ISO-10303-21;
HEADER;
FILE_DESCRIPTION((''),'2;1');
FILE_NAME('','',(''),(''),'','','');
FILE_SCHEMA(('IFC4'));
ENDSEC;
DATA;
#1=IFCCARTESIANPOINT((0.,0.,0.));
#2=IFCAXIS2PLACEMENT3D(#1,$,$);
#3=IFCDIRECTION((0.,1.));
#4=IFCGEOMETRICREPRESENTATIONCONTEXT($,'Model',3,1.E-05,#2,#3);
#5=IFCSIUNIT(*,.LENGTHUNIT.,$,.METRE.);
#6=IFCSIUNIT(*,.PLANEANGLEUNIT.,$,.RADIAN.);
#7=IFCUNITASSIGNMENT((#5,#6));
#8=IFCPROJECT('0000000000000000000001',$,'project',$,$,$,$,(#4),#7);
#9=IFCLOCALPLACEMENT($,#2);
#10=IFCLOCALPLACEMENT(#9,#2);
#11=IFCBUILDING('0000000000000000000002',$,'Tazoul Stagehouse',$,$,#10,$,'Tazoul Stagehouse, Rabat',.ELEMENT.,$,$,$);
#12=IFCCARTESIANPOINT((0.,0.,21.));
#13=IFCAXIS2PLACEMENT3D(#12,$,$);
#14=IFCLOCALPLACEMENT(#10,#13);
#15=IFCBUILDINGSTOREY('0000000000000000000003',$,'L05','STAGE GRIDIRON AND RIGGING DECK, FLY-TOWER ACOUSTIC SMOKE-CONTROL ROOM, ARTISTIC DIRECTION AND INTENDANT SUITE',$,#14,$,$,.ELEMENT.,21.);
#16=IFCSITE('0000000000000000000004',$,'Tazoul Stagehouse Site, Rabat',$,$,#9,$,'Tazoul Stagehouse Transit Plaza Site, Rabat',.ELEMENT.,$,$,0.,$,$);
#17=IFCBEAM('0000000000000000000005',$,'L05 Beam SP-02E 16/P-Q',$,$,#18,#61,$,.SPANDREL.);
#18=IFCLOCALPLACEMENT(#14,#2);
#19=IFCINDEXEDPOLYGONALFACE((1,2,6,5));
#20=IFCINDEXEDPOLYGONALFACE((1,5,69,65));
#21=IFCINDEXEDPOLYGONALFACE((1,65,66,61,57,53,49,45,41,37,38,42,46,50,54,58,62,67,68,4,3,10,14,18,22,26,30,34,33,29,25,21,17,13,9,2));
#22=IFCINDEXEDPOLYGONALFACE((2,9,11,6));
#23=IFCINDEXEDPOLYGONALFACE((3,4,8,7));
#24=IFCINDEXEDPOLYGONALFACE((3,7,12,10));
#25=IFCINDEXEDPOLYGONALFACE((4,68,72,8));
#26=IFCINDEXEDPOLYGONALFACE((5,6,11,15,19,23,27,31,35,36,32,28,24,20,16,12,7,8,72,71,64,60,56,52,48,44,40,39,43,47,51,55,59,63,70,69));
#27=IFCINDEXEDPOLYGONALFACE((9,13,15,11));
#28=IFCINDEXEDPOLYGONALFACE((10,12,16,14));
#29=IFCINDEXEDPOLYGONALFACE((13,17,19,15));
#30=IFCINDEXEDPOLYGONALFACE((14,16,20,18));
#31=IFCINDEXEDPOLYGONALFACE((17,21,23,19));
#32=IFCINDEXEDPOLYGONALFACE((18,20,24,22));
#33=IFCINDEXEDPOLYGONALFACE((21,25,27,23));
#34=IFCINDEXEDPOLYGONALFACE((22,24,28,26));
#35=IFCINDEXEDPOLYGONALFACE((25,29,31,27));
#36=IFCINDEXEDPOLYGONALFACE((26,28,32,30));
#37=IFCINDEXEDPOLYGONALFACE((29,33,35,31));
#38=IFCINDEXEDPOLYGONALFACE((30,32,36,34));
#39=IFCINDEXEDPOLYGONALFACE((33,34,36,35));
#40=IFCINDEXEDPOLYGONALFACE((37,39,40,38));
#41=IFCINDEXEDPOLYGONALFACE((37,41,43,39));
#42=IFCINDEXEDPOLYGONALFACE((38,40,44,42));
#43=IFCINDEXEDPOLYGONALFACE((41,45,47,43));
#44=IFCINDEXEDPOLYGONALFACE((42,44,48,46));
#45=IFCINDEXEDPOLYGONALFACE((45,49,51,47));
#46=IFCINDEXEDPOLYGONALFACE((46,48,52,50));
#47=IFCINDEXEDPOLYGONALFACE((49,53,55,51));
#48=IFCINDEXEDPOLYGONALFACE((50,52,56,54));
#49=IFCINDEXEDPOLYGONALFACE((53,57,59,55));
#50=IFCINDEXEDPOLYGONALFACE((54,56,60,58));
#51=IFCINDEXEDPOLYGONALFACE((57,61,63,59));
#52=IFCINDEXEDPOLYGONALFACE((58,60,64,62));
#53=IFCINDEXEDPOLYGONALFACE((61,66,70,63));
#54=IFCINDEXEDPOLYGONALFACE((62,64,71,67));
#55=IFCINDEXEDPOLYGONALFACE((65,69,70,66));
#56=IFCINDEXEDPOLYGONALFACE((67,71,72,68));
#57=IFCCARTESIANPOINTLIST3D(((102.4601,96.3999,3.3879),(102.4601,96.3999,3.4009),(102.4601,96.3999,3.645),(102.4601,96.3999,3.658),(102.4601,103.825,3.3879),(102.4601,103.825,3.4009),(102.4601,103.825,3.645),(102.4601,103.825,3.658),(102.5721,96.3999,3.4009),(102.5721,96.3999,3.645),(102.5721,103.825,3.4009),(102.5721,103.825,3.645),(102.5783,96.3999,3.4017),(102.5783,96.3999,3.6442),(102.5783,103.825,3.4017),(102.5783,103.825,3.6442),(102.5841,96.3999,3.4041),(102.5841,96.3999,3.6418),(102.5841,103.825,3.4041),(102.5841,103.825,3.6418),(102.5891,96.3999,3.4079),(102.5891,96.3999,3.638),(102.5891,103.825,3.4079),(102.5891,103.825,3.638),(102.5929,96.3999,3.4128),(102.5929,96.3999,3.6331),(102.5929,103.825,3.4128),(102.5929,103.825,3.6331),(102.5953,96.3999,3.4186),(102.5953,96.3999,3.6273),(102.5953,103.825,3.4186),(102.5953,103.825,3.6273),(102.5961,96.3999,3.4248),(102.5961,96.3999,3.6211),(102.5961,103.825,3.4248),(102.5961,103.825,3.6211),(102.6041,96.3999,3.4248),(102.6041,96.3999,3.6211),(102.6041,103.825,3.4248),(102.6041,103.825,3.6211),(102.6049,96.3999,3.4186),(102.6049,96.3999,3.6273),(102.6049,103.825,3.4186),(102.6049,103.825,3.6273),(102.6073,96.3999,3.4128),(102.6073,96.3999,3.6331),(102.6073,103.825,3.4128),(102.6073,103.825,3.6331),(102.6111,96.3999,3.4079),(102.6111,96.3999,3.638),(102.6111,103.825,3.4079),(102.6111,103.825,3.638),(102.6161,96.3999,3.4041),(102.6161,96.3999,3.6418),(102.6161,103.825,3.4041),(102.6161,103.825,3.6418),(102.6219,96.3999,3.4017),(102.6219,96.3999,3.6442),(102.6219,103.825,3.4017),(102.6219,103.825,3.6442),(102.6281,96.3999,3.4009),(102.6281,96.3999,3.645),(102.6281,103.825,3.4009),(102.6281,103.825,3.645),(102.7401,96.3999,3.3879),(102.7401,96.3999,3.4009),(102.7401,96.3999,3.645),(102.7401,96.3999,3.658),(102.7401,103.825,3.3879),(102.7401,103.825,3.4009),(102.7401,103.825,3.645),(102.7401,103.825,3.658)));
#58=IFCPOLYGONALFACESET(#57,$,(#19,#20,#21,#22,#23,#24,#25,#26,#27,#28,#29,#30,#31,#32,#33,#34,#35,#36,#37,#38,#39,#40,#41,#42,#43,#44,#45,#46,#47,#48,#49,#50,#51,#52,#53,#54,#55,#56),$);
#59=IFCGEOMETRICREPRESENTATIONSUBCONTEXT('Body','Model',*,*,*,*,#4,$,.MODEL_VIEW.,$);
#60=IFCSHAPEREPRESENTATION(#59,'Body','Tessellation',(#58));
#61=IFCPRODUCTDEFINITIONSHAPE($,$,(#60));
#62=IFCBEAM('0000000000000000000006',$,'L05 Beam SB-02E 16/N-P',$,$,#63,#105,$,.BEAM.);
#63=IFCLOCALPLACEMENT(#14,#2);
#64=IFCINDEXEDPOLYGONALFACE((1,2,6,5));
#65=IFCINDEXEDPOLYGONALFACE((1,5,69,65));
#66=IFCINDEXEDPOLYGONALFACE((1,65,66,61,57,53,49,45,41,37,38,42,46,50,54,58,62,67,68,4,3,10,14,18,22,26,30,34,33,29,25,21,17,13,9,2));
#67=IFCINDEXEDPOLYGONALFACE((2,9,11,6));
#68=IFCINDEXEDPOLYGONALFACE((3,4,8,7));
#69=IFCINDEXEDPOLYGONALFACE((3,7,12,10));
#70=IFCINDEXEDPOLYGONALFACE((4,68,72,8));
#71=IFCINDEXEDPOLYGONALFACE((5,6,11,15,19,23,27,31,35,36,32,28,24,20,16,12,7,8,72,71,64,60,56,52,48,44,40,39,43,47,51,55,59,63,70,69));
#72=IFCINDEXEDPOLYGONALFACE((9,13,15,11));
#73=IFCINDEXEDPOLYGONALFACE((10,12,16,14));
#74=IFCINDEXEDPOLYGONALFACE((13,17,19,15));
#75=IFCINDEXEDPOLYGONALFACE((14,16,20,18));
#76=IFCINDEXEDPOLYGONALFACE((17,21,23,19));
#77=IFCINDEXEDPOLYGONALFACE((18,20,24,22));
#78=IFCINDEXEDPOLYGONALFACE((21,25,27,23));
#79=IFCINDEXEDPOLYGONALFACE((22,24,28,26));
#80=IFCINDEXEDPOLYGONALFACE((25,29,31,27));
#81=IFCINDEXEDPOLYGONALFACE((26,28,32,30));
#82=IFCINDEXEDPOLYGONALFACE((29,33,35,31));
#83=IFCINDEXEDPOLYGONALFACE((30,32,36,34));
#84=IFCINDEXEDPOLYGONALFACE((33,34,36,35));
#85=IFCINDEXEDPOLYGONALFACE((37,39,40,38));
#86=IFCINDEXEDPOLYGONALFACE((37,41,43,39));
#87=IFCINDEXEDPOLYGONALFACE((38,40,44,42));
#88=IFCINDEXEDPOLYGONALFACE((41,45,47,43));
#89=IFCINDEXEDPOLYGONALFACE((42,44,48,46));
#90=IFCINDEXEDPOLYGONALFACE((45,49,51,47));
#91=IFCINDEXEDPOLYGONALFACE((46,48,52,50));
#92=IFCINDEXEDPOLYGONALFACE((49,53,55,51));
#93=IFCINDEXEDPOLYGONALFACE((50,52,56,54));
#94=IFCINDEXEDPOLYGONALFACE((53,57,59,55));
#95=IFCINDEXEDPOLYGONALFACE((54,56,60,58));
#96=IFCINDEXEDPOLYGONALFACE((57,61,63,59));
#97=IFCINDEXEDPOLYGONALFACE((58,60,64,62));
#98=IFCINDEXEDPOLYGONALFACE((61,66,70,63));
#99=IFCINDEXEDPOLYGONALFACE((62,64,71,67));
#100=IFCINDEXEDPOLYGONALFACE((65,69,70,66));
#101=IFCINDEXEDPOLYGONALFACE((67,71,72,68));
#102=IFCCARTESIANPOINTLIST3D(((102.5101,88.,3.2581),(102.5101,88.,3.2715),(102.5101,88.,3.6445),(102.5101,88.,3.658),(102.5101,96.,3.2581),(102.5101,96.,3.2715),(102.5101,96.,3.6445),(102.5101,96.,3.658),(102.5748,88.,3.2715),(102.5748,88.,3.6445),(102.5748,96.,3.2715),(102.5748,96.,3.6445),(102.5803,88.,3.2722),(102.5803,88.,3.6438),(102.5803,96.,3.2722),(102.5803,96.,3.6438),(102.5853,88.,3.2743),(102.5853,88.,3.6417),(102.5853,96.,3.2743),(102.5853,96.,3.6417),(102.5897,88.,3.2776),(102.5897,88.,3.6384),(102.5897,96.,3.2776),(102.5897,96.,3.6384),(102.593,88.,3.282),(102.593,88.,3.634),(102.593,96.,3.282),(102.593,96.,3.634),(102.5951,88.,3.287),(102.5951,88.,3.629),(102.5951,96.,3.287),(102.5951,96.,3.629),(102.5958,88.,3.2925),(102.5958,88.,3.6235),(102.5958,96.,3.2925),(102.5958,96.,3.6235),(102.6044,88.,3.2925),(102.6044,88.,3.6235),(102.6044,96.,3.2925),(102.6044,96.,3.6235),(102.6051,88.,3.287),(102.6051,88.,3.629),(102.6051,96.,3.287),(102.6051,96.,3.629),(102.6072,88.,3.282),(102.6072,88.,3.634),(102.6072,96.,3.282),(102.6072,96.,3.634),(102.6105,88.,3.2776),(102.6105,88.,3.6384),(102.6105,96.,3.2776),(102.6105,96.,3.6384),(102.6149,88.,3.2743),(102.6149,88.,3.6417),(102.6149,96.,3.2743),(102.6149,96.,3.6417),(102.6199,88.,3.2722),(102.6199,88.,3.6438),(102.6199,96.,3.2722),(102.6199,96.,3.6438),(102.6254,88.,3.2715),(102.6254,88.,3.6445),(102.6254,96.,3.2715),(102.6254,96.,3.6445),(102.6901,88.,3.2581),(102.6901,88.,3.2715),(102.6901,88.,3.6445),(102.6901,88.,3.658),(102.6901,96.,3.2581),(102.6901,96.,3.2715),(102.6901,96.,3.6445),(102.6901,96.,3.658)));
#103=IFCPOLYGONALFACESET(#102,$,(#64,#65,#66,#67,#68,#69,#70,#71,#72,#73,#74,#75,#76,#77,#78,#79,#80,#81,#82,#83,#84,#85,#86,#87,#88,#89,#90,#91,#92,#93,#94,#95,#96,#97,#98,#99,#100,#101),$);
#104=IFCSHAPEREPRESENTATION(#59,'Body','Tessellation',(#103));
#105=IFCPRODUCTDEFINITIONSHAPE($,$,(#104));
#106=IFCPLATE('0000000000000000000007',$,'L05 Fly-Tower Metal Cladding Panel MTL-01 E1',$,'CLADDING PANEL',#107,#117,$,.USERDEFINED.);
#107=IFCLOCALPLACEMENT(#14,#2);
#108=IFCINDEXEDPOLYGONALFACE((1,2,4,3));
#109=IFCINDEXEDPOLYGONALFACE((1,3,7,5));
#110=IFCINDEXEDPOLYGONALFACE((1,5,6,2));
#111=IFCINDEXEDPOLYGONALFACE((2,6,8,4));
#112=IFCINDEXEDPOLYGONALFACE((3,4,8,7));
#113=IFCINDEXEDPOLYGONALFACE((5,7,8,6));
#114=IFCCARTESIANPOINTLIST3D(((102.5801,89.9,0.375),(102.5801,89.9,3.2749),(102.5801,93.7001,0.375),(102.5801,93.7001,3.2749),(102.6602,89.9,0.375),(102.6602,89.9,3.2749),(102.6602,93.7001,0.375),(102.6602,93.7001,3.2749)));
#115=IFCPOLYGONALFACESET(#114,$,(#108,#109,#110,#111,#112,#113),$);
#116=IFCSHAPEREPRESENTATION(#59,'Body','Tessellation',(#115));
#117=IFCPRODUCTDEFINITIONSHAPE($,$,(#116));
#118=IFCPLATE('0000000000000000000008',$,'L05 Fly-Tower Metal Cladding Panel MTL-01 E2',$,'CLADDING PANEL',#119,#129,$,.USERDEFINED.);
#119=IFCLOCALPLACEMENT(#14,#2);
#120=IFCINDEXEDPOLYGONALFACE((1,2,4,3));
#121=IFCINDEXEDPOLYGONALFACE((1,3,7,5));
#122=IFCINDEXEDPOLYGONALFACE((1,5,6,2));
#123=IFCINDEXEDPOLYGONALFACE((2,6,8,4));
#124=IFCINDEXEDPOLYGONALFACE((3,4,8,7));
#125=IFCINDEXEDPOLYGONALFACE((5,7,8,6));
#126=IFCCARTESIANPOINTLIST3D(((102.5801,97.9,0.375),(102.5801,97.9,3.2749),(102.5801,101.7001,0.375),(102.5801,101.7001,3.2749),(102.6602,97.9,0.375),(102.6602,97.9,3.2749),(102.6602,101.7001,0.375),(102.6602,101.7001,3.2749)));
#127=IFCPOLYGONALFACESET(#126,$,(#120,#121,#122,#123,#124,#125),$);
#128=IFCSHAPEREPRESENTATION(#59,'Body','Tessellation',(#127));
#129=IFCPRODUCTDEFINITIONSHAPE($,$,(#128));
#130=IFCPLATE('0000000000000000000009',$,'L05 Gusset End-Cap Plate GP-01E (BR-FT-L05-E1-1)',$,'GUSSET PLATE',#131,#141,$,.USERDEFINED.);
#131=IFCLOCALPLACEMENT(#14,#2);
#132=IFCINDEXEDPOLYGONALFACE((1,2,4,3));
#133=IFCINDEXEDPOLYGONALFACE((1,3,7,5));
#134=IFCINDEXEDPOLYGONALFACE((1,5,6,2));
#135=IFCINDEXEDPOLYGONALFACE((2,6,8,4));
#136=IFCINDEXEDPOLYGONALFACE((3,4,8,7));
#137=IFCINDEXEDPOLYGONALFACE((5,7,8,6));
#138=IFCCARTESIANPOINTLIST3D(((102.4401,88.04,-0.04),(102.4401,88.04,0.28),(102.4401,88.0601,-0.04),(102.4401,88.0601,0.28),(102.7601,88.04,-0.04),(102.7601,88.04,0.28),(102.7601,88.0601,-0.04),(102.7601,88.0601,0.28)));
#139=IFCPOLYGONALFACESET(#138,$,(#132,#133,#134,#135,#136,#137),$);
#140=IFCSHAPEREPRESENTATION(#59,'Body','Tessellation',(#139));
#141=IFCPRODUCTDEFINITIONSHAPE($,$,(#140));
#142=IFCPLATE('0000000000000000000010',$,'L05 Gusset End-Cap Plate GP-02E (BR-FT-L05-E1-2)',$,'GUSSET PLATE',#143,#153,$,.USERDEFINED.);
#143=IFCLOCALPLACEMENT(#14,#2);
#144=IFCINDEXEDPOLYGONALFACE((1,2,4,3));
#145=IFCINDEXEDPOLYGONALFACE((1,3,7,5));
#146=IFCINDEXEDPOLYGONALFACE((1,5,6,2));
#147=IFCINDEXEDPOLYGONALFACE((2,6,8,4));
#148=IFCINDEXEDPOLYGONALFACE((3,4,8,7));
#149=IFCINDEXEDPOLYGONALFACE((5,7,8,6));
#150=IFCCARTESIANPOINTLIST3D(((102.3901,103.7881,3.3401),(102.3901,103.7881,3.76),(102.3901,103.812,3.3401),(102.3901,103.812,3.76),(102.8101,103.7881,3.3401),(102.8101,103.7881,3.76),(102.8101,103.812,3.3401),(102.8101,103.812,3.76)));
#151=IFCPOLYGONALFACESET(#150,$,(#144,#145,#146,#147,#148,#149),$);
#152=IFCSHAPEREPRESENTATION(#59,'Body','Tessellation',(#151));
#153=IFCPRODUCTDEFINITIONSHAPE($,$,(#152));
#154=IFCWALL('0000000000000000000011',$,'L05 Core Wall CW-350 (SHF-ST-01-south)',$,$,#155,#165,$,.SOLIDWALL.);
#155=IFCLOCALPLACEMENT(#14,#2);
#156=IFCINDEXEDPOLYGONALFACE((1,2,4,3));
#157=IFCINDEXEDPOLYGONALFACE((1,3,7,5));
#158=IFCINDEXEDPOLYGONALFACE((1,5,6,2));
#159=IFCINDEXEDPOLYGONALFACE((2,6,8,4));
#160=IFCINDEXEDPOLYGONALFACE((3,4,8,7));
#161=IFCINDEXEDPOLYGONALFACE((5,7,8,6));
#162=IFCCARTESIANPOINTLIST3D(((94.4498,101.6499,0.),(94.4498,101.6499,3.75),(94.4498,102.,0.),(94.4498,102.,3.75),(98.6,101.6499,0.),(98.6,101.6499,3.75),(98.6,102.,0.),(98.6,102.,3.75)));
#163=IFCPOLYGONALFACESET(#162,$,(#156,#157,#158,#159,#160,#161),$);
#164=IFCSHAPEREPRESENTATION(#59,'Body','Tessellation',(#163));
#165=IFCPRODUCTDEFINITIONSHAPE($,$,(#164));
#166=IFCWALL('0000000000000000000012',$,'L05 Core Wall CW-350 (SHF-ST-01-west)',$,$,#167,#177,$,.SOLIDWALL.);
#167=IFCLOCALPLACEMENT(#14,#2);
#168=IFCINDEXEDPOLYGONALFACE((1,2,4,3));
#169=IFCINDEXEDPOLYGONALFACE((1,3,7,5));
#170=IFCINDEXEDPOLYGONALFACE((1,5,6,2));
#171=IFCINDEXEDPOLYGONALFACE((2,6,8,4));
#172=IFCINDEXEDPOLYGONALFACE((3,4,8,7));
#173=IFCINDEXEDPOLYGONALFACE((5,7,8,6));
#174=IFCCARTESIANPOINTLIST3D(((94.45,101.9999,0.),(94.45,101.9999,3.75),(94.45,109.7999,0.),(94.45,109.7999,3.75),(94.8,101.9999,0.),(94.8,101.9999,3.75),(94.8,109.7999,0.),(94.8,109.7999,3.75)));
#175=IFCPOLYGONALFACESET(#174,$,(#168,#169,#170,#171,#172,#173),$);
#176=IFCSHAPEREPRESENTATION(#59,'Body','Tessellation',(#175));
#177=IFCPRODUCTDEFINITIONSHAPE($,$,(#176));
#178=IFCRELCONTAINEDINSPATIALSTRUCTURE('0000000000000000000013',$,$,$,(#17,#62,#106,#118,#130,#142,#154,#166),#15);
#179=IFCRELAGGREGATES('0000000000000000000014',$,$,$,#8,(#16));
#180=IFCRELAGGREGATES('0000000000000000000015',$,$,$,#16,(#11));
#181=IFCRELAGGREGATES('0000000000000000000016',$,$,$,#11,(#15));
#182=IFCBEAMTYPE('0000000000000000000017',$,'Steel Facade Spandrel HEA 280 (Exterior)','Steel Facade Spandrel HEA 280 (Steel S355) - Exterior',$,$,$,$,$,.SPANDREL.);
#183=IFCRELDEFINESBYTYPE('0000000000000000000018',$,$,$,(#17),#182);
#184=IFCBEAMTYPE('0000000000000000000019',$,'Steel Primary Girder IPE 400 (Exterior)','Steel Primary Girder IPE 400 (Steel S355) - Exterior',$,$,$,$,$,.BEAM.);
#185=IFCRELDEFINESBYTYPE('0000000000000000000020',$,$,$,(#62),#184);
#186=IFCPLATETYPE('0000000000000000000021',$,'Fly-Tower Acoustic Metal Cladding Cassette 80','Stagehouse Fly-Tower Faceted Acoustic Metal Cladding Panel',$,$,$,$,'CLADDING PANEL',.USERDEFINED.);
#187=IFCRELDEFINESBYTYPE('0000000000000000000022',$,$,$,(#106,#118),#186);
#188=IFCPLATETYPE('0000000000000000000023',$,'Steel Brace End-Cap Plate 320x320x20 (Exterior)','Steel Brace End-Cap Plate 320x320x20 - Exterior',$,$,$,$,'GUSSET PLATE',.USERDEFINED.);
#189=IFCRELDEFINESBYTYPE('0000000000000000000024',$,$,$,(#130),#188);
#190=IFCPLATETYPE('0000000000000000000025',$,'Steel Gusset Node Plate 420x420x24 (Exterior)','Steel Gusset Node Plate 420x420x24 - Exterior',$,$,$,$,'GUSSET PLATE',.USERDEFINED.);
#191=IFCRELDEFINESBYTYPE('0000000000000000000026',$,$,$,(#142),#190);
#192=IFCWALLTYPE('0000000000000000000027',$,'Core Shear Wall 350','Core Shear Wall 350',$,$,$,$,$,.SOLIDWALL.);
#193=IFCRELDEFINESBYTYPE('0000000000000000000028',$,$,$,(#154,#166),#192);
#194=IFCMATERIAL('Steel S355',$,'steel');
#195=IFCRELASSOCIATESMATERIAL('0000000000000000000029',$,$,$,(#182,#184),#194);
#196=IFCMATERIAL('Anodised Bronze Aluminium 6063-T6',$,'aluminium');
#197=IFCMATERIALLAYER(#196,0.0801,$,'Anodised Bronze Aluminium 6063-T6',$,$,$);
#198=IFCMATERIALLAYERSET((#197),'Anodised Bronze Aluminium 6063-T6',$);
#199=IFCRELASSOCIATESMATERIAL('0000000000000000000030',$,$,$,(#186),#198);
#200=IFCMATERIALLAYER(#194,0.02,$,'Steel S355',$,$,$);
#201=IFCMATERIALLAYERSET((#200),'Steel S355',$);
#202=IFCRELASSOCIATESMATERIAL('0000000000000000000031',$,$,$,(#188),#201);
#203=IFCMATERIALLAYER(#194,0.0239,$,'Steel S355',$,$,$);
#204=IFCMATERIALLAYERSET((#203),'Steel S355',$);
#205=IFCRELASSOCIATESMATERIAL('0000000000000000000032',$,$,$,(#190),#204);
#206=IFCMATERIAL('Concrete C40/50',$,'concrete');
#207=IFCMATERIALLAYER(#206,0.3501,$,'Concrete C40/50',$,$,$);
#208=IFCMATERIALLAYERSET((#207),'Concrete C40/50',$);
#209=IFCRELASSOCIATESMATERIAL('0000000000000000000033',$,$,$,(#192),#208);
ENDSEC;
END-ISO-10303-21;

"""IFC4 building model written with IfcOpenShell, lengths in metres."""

from ifc_helpers import new_model, si_unit, direction, frame, frame_2d, origin, origin_2d, place, context, subcontext, project, spatial, rectangle, i_section, extrude, material, layer, layer_set, material_profile, profile_set, type_object, element, save


model = new_model("IFC4")

# Units and contexts
model_context = context("Model", 3, precision=1e-05, world=origin(), true_north=direction((0.0, 1.0)))
body_context = subcontext(model_context, "Body", "Model", "MODEL_VIEW")
ifc_project = project(units=[si_unit("LENGTHUNIT", "METRE"), si_unit("PLANEANGLEUNIT", "RADIAN")], contexts=[model_context])

# Site, building, storey
site_placement = place(None, origin())
site = spatial("IfcSite", under=ifc_project, at=site_placement, Name="Tazoul Stagehouse Site, Rabat", LongName="Tazoul Stagehouse Transit Plaza Site, Rabat", CompositionType="ELEMENT", RefElevation=0.0)
building_placement = place(site_placement, origin())
building = spatial("IfcBuilding", under=site, at=building_placement, Name="Tazoul Stagehouse", LongName="Tazoul Stagehouse, Rabat", CompositionType="ELEMENT")
storey_placement = place(building_placement, frame((0.0, 0.0, 21.0)))
storey = spatial("IfcBuildingStorey", under=building, at=storey_placement, Name="L05", Description="STAGE GRIDIRON AND RIGGING DECK, FLY-TOWER ACOUSTIC SMOKE-CONTROL ROOM, ARTISTIC DIRECTION AND INTENDANT SUITE", CompositionType="ELEMENT", Elevation=21.0)

# Shared definitions
ifc_material_1 = material(Name="Concrete C40/50", Category="concrete")
ifc_material_2 = material(Name="Steel S355", Category="steel")

# Beams
ifc_material_profile_1 = material_profile(ifc_material_2, i_section(OverallWidth=0.28, OverallDepth=0.27, WebThickness=0.0081, FlangeThickness=0.0129, FilletRadius=0.0239, at=origin_2d()), Name="HEA 280")
ifc_profile_set_1 = profile_set([ifc_material_profile_1], Name="Steel S355")
beam_type_1 = type_object("IfcBeamType", Name="Steel Facade Spandrel HEA 280 (Exterior)", Description="Steel Facade Spandrel HEA 280 (Steel S355) - Exterior", PredefinedType="SPANDREL", material=ifc_profile_set_1)
beam_1_placement = place(storey_placement, frame((102.6001, 96.3999, 3.5229), z_axis=(0.0, 1.0, 0.0), x_axis=(-1.0, 0.0, 0.0)))
element("IfcBeam", 1, at=beam_1_placement, inside=storey, type_object=beam_type_1, Name="L05 Beam SP-02E 16/P-Q", PredefinedType="SPANDREL", context=body_context, shape_type="SweptSolid", body=[
    extrude(i_section(OverallWidth=0.28, OverallDepth=0.27, WebThickness=0.0081, FlangeThickness=0.0129, FilletRadius=0.0239, at=origin_2d()), origin(), (0.0, 0.0, 1.0), 7.425),
])
ifc_material_profile_2 = material_profile(ifc_material_2, i_section(OverallWidth=0.1799, OverallDepth=0.3999, WebThickness=0.0085, FlangeThickness=0.0134, FilletRadius=0.021, at=origin_2d()), Name="IPE 400")
ifc_profile_set_2 = profile_set([ifc_material_profile_2], Name="Steel S355")
beam_type_2 = type_object("IfcBeamType", Name="Steel Primary Girder IPE 400 (Exterior)", Description="Steel Primary Girder IPE 400 (Steel S355) - Exterior", PredefinedType="BEAM", material=ifc_profile_set_2)
beam_2_placement = place(storey_placement, frame((102.6001, 88.0, 3.458), z_axis=(0.0, 1.0, 0.0), x_axis=(-1.0, 0.0, 0.0)))
element("IfcBeam", 2, at=beam_2_placement, inside=storey, type_object=beam_type_2, Name="L05 Beam SB-02E 16/N-P", PredefinedType="BEAM", context=body_context, shape_type="SweptSolid", body=[
    extrude(i_section(OverallWidth=0.1799, OverallDepth=0.3999, WebThickness=0.0085, FlangeThickness=0.0134, FilletRadius=0.021, at=origin_2d()), origin(), (0.0, 0.0, 1.0), 8.0),
])

# Plates
ifc_material_3 = material(Name="Anodised Bronze Aluminium 6063-T6", Category="aluminium")
ifc_layer_1 = layer(ifc_material_3, 0.0801, Name="Anodised Bronze Aluminium 6063-T6")
ifc_layer_set_1 = layer_set([ifc_layer_1], Name="Anodised Bronze Aluminium 6063-T6")
plate_type_1 = type_object("IfcPlateType", Name="Fly-Tower Acoustic Metal Cladding Cassette 80", Description="Stagehouse Fly-Tower Faceted Acoustic Metal Cladding Panel", ElementType="CLADDING PANEL", PredefinedType="USERDEFINED", material=ifc_layer_set_1)
for number, where, z_axis, x_axis, name in (
    (3, (102.6201, 91.8, 0.375), (0.0, 0.0, 1.0), (0.0, 1.0, 0.0), "L05 Fly-Tower Metal Cladding Panel MTL-01 E1"),
    (4, (102.6201, 99.8, 0.375), (0.0, 0.0, 1.0), (0.0, 1.0, 0.0), "L05 Fly-Tower Metal Cladding Panel MTL-01 E2"),
):
    element("IfcPlate", number, at=place(storey_placement, frame(where, z_axis=z_axis, x_axis=x_axis)), inside=storey, type_object=plate_type_1, Name=name, ObjectType="CLADDING PANEL", PredefinedType="USERDEFINED", context=body_context, shape_type="SweptSolid", body=[
        extrude(rectangle(XDim=3.8, YDim=0.0801, at=origin_2d()), origin(), (0.0, 0.0, 1.0), 2.8999),
    ])
ifc_layer_2 = layer(ifc_material_2, 0.02, Name="Steel S355")
ifc_layer_set_2 = layer_set([ifc_layer_2], Name="Steel S355")
plate_type_2 = type_object("IfcPlateType", Name="Steel Brace End-Cap Plate 320x320x20 (Exterior)", Description="Steel Brace End-Cap Plate 320x320x20 - Exterior", ElementType="GUSSET PLATE", PredefinedType="USERDEFINED", material=ifc_layer_set_2)
plate_1_placement = place(storey_placement, frame((102.6001, 88.05, -0.04), z_axis=(0.0, 0.0, 1.0), x_axis=(0.0, 1.0, 0.0)))
element("IfcPlate", 5, at=plate_1_placement, inside=storey, type_object=plate_type_2, Name="L05 Gusset End-Cap Plate GP-01E (BR-FT-L05-E1-1)", ObjectType="GUSSET PLATE", PredefinedType="USERDEFINED", context=body_context, shape_type="SweptSolid", body=[
    extrude(rectangle(XDim=0.02, YDim=0.3201, at=origin_2d()), origin(), (0.0, 0.0, 1.0), 0.3201),
])
ifc_layer_3 = layer(ifc_material_2, 0.0239, Name="Steel S355")
ifc_layer_set_3 = layer_set([ifc_layer_3], Name="Steel S355")
plate_type_3 = type_object("IfcPlateType", Name="Steel Gusset Node Plate 420x420x24 (Exterior)", Description="Steel Gusset Node Plate 420x420x24 - Exterior", ElementType="GUSSET PLATE", PredefinedType="USERDEFINED", material=ifc_layer_set_3)
plate_2_placement = place(storey_placement, frame((102.6001, 103.8, 3.3401), z_axis=(0.0, 0.0, 1.0), x_axis=(0.0, 1.0, 0.0)))
element("IfcPlate", 6, at=plate_2_placement, inside=storey, type_object=plate_type_3, Name="L05 Gusset End-Cap Plate GP-02E (BR-FT-L05-E1-2)", ObjectType="GUSSET PLATE", PredefinedType="USERDEFINED", context=body_context, shape_type="SweptSolid", body=[
    extrude(rectangle(XDim=0.0239, YDim=0.4199, at=origin_2d()), origin(), (0.0, 0.0, 1.0), 0.4199),
])

# Walls
ifc_layer_4 = layer(ifc_material_1, 0.3501, Name="Concrete C40/50")
ifc_layer_set_4 = layer_set([ifc_layer_4], Name="Concrete C40/50")
wall_type_1 = type_object("IfcWallType", Name="Core Shear Wall 350", Description="Core Shear Wall 350", PredefinedType="SOLIDWALL", material=ifc_layer_set_4)
wall_1_placement = place(storey_placement, frame((98.6001, 101.825, 0.0), z_axis=(0.0, 0.0, 1.0), x_axis=(-1.0, 0.0, 0.0)))
element("IfcWall", 7, at=wall_1_placement, inside=storey, type_object=wall_type_1, Name="L05 Core Wall CW-350 (SHF-ST-01-south)", PredefinedType="SOLIDWALL", context=body_context, shape_type="SweptSolid", body=[
    extrude(rectangle(XDim=4.1501, YDim=0.3501, at=frame_2d((2.0752, 0.0))), origin(), (0.0, 0.0, 1.0), 3.75),
])
wall_2_placement = place(storey_placement, frame((94.625, 102.0, 0.0), z_axis=(0.0, 0.0, 1.0), x_axis=(0.0, 1.0, 0.0)))
element("IfcWall", 8, at=wall_2_placement, inside=storey, type_object=wall_type_1, Name="L05 Core Wall CW-350 (SHF-ST-01-west)", PredefinedType="SOLIDWALL", context=body_context, shape_type="SweptSolid", body=[
    extrude(rectangle(XDim=7.8, YDim=0.3501, at=frame_2d((3.8999, 0.0))), origin(), (0.0, 0.0, 1.0), 3.75),
])

save(model, "model.ifc")
